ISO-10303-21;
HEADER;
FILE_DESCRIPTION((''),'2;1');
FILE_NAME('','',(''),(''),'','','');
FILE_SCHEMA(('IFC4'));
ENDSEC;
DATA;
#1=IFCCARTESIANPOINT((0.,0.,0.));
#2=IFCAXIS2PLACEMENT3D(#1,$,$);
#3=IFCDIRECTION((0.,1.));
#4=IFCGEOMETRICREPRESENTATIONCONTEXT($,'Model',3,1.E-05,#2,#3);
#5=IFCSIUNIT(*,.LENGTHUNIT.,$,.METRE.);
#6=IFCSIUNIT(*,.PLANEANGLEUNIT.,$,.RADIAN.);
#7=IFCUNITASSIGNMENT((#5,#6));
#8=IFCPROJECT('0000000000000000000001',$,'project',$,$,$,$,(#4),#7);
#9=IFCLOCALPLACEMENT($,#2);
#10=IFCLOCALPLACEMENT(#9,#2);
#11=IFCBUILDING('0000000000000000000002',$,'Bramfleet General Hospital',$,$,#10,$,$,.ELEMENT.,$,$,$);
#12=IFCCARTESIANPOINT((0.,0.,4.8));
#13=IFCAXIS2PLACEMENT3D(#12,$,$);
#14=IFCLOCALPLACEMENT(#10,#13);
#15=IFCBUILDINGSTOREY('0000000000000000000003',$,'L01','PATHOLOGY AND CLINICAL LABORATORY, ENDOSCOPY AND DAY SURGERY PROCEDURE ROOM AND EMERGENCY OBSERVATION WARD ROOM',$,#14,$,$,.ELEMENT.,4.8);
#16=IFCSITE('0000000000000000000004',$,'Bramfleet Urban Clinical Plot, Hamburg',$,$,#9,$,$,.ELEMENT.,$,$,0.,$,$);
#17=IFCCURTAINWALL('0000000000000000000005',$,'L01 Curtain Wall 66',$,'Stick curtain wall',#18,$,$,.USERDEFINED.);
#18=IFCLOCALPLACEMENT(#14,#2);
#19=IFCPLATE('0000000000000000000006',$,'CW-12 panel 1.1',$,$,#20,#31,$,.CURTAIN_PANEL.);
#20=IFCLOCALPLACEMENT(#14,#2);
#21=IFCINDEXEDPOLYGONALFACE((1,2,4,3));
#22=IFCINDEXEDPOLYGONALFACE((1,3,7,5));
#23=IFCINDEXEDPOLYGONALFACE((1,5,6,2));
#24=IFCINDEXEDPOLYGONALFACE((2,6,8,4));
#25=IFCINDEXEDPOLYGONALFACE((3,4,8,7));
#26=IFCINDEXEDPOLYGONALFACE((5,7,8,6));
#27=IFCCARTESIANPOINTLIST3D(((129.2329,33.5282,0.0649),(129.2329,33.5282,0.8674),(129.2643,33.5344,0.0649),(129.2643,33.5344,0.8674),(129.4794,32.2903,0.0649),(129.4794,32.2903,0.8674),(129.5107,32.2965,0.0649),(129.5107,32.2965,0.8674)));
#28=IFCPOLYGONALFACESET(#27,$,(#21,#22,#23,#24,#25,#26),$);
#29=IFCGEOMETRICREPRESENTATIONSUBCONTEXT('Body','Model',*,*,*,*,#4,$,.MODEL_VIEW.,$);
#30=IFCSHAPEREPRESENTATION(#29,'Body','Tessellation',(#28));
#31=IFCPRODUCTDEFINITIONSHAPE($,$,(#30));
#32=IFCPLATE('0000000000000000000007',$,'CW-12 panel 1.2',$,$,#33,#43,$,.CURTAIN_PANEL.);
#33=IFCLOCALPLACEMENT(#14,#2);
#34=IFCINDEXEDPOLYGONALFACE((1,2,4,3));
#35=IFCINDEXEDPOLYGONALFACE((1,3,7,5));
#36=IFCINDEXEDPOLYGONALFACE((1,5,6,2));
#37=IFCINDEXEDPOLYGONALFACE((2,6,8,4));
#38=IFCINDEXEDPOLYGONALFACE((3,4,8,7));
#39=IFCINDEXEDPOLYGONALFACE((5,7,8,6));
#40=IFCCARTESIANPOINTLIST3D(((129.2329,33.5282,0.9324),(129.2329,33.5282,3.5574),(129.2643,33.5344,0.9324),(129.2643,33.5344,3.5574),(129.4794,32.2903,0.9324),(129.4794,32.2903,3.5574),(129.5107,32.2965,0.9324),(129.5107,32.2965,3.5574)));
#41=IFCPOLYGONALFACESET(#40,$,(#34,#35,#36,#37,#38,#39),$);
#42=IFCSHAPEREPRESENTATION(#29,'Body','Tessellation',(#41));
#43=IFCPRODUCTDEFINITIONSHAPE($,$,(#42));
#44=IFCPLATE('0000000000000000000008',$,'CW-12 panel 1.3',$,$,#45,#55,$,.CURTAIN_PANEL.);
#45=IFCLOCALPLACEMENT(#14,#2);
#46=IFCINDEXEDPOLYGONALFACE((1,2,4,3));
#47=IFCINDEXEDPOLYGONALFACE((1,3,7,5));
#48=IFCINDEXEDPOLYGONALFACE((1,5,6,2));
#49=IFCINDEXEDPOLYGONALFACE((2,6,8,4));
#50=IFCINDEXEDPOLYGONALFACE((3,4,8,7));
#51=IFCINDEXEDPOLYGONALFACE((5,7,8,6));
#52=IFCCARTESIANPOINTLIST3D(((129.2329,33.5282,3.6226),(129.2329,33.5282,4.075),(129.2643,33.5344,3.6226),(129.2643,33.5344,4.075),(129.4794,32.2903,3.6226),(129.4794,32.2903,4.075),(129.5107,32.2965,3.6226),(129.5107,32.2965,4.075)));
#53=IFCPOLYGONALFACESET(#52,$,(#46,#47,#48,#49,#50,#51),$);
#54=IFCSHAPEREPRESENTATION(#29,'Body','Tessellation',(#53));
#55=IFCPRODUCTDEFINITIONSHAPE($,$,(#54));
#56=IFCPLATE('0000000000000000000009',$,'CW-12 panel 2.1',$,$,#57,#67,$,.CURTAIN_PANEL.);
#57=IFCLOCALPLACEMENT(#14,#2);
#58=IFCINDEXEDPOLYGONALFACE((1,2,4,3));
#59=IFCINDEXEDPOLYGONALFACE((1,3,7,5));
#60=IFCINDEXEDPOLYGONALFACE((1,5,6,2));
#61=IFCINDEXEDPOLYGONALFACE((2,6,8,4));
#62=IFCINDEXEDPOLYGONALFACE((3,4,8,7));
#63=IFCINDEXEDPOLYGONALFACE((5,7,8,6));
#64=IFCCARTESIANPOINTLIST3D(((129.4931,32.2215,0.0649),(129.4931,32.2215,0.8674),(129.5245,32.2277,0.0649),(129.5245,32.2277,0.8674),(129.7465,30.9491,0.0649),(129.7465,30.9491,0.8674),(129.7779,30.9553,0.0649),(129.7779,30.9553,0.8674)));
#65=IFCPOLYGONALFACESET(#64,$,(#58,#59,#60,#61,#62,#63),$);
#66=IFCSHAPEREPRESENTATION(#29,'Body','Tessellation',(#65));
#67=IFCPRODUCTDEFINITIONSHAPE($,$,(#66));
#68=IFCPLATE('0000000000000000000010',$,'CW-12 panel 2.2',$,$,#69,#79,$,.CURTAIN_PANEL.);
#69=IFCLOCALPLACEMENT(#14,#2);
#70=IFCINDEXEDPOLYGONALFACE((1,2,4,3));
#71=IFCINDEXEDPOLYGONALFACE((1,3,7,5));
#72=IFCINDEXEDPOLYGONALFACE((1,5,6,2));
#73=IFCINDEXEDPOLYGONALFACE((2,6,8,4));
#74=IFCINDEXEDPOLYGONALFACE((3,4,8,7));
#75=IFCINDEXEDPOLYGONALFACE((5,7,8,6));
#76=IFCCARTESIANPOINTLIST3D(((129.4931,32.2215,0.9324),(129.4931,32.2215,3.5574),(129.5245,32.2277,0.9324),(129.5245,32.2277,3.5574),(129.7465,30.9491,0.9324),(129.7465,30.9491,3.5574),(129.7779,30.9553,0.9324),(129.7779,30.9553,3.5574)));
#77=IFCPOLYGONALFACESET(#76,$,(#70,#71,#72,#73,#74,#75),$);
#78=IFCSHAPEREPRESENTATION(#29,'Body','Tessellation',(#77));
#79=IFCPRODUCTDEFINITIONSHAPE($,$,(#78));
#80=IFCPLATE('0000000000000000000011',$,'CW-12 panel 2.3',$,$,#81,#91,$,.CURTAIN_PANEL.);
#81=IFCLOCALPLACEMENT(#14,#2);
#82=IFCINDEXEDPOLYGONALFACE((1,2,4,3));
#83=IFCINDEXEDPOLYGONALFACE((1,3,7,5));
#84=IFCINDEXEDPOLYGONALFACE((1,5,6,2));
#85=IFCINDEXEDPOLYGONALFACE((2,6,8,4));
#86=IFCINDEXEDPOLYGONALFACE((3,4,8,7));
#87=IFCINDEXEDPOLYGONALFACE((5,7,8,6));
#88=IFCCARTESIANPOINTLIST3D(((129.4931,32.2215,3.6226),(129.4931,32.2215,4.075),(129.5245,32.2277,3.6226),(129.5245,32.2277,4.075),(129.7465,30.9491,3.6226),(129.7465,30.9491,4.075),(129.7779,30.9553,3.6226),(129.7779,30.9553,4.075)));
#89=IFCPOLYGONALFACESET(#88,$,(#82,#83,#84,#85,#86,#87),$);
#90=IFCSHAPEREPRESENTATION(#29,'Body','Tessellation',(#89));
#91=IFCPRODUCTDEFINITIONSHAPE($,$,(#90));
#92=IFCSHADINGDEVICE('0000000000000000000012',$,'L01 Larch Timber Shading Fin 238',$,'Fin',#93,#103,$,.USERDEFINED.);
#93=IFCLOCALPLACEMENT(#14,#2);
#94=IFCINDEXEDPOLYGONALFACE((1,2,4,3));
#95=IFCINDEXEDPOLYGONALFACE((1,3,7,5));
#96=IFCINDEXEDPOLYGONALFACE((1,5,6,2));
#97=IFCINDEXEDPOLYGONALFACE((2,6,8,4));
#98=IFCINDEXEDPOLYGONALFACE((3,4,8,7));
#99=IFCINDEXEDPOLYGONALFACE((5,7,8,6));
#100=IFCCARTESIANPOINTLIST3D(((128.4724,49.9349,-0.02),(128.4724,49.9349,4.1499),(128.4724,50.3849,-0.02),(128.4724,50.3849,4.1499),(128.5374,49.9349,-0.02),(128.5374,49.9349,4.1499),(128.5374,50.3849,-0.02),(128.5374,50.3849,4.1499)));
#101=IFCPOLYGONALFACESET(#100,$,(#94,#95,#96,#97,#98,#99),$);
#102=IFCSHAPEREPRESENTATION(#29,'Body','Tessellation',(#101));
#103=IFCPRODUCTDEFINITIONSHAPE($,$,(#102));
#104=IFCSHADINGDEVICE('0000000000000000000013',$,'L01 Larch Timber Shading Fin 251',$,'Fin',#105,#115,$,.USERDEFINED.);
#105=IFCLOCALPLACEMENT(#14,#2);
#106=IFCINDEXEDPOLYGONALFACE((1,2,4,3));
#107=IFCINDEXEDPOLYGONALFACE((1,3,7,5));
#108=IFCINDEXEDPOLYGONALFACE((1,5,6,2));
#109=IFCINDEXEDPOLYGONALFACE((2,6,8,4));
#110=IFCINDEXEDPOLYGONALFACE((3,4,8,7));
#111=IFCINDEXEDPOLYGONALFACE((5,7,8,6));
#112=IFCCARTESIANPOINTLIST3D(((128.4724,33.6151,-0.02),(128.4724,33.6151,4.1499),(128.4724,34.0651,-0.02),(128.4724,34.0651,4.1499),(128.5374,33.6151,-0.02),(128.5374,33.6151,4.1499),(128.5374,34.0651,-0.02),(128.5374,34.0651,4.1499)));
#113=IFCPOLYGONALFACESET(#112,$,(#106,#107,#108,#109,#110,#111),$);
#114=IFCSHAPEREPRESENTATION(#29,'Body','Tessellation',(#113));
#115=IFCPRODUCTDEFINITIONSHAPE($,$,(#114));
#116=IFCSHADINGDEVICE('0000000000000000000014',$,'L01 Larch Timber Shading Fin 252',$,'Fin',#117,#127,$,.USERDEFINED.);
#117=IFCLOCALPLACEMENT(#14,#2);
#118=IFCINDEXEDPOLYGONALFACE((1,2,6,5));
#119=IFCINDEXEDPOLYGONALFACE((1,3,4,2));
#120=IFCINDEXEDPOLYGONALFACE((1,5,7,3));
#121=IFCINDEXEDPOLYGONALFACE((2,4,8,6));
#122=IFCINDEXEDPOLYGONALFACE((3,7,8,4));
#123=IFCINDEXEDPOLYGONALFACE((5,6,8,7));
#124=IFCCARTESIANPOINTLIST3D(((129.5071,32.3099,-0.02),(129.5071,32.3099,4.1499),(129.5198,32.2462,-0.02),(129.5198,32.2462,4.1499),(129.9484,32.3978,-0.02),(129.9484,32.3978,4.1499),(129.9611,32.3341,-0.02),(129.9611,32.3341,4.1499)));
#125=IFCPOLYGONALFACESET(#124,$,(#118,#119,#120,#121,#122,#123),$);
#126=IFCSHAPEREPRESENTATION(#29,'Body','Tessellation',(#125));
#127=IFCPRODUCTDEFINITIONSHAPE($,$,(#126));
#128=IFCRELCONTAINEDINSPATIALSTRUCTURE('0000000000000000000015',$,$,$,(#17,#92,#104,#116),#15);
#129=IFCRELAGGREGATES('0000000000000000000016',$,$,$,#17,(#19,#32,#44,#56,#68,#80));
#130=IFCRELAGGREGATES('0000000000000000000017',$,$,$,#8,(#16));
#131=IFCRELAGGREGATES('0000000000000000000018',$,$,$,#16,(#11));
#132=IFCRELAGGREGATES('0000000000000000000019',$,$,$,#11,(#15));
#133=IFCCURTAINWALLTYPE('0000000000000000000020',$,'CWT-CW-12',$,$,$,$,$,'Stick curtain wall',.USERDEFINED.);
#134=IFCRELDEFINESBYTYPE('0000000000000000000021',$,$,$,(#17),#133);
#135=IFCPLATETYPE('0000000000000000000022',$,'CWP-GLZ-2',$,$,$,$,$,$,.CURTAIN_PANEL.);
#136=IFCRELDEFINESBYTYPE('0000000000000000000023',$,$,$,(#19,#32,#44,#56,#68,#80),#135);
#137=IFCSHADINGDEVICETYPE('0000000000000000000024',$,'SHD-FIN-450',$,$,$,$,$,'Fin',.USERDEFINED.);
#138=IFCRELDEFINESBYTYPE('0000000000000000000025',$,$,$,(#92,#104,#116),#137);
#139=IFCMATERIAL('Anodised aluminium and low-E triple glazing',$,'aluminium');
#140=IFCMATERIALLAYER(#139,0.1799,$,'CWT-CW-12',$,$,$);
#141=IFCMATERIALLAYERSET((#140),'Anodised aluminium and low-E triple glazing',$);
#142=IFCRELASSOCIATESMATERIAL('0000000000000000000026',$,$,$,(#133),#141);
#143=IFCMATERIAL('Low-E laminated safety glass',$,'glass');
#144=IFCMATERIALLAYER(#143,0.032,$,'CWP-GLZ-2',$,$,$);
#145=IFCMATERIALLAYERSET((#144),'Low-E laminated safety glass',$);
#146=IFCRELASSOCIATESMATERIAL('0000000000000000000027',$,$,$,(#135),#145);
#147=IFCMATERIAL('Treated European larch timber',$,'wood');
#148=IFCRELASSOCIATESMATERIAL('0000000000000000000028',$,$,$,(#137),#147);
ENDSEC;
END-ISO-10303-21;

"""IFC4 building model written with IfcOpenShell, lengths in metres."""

from ifc_helpers import new_model, si_unit, direction, frame, origin, origin_2d, place, context, subcontext, project, spatial, rectangle, extrude, material, layer, layer_set, material_profile, profile_set, type_object, element, aggregate, save


model = new_model("IFC4")

# Units and contexts
model_context = context("Model", 3, precision=1e-05, world=origin(), true_north=direction((0.0, 1.0)))
body_context = subcontext(model_context, "Body", "Model", "MODEL_VIEW")
ifc_project = project(units=[si_unit("LENGTHUNIT", "METRE"), si_unit("PLANEANGLEUNIT", "RADIAN")], contexts=[model_context])

# Site, building, storey
site_placement = place(None, origin())
site = spatial("IfcSite", under=ifc_project, at=site_placement, Name="Bramfleet Urban Clinical Plot, Hamburg", CompositionType="ELEMENT", RefElevation=0.0)
building_placement = place(site_placement, origin())
building = spatial("IfcBuilding", under=site, at=building_placement, Name="Bramfleet General Hospital", CompositionType="ELEMENT")
storey_placement = place(building_placement, frame((0.0, 0.0, 4.8)))
storey = spatial("IfcBuildingStorey", under=building, at=storey_placement, Name="L01", Description="PATHOLOGY AND CLINICAL LABORATORY, ENDOSCOPY AND DAY SURGERY PROCEDURE ROOM AND EMERGENCY OBSERVATION WARD ROOM", CompositionType="ELEMENT", Elevation=4.8)

# Shared definitions
ifc_material_1 = material(Name="Anodised aluminium and low-E triple glazing", Category="aluminium")

# Curtain wall
ifc_layer_1 = layer(ifc_material_1, 0.1799, Name="CWT-CW-12")
ifc_layer_set_1 = layer_set([ifc_layer_1], Name="Anodised aluminium and low-E triple glazing")
curtain_wall_type_1 = type_object("IfcCurtainWallType", Name="CWT-CW-12", ElementType="Stick curtain wall", PredefinedType="USERDEFINED", material=ifc_layer_set_1)
curtain_wall_1_placement = place(storey_placement, origin())
curtain_wall_1 = element("IfcCurtainWall", 1, at=curtain_wall_1_placement, inside=storey, type_object=curtain_wall_type_1, Name="L01 Curtain Wall 66", ObjectType="Stick curtain wall", PredefinedType="USERDEFINED")

# Plates
ifc_material_2 = material(Name="Low-E laminated safety glass", Category="glass")
ifc_layer_2 = layer(ifc_material_2, 0.032, Name="CWP-GLZ-2")
ifc_layer_set_2 = layer_set([ifc_layer_2], Name="Low-E laminated safety glass")
plate_type_1 = type_object("IfcPlateType", Name="CWP-GLZ-2", PredefinedType="CURTAIN_PANEL", material=ifc_layer_set_2)
plate_1_placement = place(storey_placement, frame((129.3718, 32.9124, 0.0649), z_axis=(0.0, 0.0, 1.0), x_axis=(0.195272, -0.980749, 0.0)))
plate_1 = element("IfcPlate", 2, at=plate_1_placement, type_object=plate_type_1, Name="CW-12 panel 1.1", PredefinedType="CURTAIN_PANEL", context=body_context, shape_type="SweptSolid", body=[
    extrude(rectangle(XDim=1.2622, YDim=0.032, at=origin_2d()), origin(), (0.0, 0.0, 1.0), 0.8025),
])
plate_2_placement = place(storey_placement, frame((129.3718, 32.9124, 0.9324), z_axis=(0.0, 0.0, 1.0), x_axis=(0.195272, -0.980749, 0.0)))
plate_2 = element("IfcPlate", 3, at=plate_2_placement, type_object=plate_type_1, Name="CW-12 panel 1.2", PredefinedType="CURTAIN_PANEL", context=body_context, shape_type="SweptSolid", body=[
    extrude(rectangle(XDim=1.2622, YDim=0.032, at=origin_2d()), origin(), (0.0, 0.0, 1.0), 2.625),
])
plate_3_placement = place(storey_placement, frame((129.3718, 32.9124, 3.6226), z_axis=(0.0, 0.0, 1.0), x_axis=(0.195272, -0.980749, 0.0)))
plate_3 = element("IfcPlate", 4, at=plate_3_placement, type_object=plate_type_1, Name="CW-12 panel 1.3", PredefinedType="CURTAIN_PANEL", context=body_context, shape_type="SweptSolid", body=[
    extrude(rectangle(XDim=1.2622, YDim=0.032, at=origin_2d()), origin(), (0.0, 0.0, 1.0), 0.4524),
])
plate_4_placement = place(storey_placement, frame((129.6355, 31.5884, 0.0649), z_axis=(0.0, 0.0, 1.0), x_axis=(0.195272, -0.980749, 0.0)))
plate_4 = element("IfcPlate", 5, at=plate_4_placement, type_object=plate_type_1, Name="CW-12 panel 2.1", PredefinedType="CURTAIN_PANEL", context=body_context, shape_type="SweptSolid", body=[
    extrude(rectangle(XDim=1.2974, YDim=0.032, at=origin_2d()), origin(), (0.0, 0.0, 1.0), 0.8025),
])
plate_5_placement = place(storey_placement, frame((129.6355, 31.5884, 0.9324), z_axis=(0.0, 0.0, 1.0), x_axis=(0.195272, -0.980749, 0.0)))
plate_5 = element("IfcPlate", 6, at=plate_5_placement, type_object=plate_type_1, Name="CW-12 panel 2.2", PredefinedType="CURTAIN_PANEL", context=body_context, shape_type="SweptSolid", body=[
    extrude(rectangle(XDim=1.2974, YDim=0.032, at=origin_2d()), origin(), (0.0, 0.0, 1.0), 2.625),
])
plate_6_placement = place(storey_placement, frame((129.6355, 31.5884, 3.6226), z_axis=(0.0, 0.0, 1.0), x_axis=(0.195272, -0.980749, 0.0)))
plate_6 = element("IfcPlate", 7, at=plate_6_placement, type_object=plate_type_1, Name="CW-12 panel 2.3", PredefinedType="CURTAIN_PANEL", context=body_context, shape_type="SweptSolid", body=[
    extrude(rectangle(XDim=1.2974, YDim=0.032, at=origin_2d()), origin(), (0.0, 0.0, 1.0), 0.4524),
])
aggregate(curtain_wall_1, [plate_1, plate_2, plate_3, plate_4, plate_5, plate_6])

# Shading devices
ifc_material_3 = material(Name="Treated European larch timber", Category="wood")
ifc_material_profile_1 = material_profile(ifc_material_3, rectangle(XDim=0.0649, YDim=0.45, at=origin_2d()), Name="LARCH FIN 450x65")
ifc_profile_set_1 = profile_set([ifc_material_profile_1], Name="Treated European larch timber")
shading_device_type = type_object("IfcShadingDeviceType", Name="SHD-FIN-450", ElementType="Fin", PredefinedType="USERDEFINED", material=ifc_profile_set_1)
for number, where, z_axis, x_axis, name in (
    (8, (128.5049, 50.1599, -0.02), (0.0, 0.0, 1.0), (-1.0, 0.0, 0.0), "L01 Larch Timber Shading Fin 238"),
    (9, (128.5049, 33.8401, -0.02), (0.0, 0.0, 1.0), (1.0, 0.0, 0.0), "L01 Larch Timber Shading Fin 251"),
    (10, (129.7341, 32.322, -0.02), (0.0, 0.0, 1.0), (0.195272, -0.980749, 0.0), "L01 Larch Timber Shading Fin 252"),
):
    element("IfcShadingDevice", number, at=place(storey_placement, frame(where, z_axis=z_axis, x_axis=x_axis)), inside=storey, type_object=shading_device_type, Name=name, ObjectType="Fin", PredefinedType="USERDEFINED", context=body_context, shape_type="SweptSolid", body=[
        extrude(rectangle(XDim=0.0649, YDim=0.45, at=origin_2d()), origin(), (0.0, 0.0, 1.0), 4.1699),
    ])

save(model, "model.ifc")
